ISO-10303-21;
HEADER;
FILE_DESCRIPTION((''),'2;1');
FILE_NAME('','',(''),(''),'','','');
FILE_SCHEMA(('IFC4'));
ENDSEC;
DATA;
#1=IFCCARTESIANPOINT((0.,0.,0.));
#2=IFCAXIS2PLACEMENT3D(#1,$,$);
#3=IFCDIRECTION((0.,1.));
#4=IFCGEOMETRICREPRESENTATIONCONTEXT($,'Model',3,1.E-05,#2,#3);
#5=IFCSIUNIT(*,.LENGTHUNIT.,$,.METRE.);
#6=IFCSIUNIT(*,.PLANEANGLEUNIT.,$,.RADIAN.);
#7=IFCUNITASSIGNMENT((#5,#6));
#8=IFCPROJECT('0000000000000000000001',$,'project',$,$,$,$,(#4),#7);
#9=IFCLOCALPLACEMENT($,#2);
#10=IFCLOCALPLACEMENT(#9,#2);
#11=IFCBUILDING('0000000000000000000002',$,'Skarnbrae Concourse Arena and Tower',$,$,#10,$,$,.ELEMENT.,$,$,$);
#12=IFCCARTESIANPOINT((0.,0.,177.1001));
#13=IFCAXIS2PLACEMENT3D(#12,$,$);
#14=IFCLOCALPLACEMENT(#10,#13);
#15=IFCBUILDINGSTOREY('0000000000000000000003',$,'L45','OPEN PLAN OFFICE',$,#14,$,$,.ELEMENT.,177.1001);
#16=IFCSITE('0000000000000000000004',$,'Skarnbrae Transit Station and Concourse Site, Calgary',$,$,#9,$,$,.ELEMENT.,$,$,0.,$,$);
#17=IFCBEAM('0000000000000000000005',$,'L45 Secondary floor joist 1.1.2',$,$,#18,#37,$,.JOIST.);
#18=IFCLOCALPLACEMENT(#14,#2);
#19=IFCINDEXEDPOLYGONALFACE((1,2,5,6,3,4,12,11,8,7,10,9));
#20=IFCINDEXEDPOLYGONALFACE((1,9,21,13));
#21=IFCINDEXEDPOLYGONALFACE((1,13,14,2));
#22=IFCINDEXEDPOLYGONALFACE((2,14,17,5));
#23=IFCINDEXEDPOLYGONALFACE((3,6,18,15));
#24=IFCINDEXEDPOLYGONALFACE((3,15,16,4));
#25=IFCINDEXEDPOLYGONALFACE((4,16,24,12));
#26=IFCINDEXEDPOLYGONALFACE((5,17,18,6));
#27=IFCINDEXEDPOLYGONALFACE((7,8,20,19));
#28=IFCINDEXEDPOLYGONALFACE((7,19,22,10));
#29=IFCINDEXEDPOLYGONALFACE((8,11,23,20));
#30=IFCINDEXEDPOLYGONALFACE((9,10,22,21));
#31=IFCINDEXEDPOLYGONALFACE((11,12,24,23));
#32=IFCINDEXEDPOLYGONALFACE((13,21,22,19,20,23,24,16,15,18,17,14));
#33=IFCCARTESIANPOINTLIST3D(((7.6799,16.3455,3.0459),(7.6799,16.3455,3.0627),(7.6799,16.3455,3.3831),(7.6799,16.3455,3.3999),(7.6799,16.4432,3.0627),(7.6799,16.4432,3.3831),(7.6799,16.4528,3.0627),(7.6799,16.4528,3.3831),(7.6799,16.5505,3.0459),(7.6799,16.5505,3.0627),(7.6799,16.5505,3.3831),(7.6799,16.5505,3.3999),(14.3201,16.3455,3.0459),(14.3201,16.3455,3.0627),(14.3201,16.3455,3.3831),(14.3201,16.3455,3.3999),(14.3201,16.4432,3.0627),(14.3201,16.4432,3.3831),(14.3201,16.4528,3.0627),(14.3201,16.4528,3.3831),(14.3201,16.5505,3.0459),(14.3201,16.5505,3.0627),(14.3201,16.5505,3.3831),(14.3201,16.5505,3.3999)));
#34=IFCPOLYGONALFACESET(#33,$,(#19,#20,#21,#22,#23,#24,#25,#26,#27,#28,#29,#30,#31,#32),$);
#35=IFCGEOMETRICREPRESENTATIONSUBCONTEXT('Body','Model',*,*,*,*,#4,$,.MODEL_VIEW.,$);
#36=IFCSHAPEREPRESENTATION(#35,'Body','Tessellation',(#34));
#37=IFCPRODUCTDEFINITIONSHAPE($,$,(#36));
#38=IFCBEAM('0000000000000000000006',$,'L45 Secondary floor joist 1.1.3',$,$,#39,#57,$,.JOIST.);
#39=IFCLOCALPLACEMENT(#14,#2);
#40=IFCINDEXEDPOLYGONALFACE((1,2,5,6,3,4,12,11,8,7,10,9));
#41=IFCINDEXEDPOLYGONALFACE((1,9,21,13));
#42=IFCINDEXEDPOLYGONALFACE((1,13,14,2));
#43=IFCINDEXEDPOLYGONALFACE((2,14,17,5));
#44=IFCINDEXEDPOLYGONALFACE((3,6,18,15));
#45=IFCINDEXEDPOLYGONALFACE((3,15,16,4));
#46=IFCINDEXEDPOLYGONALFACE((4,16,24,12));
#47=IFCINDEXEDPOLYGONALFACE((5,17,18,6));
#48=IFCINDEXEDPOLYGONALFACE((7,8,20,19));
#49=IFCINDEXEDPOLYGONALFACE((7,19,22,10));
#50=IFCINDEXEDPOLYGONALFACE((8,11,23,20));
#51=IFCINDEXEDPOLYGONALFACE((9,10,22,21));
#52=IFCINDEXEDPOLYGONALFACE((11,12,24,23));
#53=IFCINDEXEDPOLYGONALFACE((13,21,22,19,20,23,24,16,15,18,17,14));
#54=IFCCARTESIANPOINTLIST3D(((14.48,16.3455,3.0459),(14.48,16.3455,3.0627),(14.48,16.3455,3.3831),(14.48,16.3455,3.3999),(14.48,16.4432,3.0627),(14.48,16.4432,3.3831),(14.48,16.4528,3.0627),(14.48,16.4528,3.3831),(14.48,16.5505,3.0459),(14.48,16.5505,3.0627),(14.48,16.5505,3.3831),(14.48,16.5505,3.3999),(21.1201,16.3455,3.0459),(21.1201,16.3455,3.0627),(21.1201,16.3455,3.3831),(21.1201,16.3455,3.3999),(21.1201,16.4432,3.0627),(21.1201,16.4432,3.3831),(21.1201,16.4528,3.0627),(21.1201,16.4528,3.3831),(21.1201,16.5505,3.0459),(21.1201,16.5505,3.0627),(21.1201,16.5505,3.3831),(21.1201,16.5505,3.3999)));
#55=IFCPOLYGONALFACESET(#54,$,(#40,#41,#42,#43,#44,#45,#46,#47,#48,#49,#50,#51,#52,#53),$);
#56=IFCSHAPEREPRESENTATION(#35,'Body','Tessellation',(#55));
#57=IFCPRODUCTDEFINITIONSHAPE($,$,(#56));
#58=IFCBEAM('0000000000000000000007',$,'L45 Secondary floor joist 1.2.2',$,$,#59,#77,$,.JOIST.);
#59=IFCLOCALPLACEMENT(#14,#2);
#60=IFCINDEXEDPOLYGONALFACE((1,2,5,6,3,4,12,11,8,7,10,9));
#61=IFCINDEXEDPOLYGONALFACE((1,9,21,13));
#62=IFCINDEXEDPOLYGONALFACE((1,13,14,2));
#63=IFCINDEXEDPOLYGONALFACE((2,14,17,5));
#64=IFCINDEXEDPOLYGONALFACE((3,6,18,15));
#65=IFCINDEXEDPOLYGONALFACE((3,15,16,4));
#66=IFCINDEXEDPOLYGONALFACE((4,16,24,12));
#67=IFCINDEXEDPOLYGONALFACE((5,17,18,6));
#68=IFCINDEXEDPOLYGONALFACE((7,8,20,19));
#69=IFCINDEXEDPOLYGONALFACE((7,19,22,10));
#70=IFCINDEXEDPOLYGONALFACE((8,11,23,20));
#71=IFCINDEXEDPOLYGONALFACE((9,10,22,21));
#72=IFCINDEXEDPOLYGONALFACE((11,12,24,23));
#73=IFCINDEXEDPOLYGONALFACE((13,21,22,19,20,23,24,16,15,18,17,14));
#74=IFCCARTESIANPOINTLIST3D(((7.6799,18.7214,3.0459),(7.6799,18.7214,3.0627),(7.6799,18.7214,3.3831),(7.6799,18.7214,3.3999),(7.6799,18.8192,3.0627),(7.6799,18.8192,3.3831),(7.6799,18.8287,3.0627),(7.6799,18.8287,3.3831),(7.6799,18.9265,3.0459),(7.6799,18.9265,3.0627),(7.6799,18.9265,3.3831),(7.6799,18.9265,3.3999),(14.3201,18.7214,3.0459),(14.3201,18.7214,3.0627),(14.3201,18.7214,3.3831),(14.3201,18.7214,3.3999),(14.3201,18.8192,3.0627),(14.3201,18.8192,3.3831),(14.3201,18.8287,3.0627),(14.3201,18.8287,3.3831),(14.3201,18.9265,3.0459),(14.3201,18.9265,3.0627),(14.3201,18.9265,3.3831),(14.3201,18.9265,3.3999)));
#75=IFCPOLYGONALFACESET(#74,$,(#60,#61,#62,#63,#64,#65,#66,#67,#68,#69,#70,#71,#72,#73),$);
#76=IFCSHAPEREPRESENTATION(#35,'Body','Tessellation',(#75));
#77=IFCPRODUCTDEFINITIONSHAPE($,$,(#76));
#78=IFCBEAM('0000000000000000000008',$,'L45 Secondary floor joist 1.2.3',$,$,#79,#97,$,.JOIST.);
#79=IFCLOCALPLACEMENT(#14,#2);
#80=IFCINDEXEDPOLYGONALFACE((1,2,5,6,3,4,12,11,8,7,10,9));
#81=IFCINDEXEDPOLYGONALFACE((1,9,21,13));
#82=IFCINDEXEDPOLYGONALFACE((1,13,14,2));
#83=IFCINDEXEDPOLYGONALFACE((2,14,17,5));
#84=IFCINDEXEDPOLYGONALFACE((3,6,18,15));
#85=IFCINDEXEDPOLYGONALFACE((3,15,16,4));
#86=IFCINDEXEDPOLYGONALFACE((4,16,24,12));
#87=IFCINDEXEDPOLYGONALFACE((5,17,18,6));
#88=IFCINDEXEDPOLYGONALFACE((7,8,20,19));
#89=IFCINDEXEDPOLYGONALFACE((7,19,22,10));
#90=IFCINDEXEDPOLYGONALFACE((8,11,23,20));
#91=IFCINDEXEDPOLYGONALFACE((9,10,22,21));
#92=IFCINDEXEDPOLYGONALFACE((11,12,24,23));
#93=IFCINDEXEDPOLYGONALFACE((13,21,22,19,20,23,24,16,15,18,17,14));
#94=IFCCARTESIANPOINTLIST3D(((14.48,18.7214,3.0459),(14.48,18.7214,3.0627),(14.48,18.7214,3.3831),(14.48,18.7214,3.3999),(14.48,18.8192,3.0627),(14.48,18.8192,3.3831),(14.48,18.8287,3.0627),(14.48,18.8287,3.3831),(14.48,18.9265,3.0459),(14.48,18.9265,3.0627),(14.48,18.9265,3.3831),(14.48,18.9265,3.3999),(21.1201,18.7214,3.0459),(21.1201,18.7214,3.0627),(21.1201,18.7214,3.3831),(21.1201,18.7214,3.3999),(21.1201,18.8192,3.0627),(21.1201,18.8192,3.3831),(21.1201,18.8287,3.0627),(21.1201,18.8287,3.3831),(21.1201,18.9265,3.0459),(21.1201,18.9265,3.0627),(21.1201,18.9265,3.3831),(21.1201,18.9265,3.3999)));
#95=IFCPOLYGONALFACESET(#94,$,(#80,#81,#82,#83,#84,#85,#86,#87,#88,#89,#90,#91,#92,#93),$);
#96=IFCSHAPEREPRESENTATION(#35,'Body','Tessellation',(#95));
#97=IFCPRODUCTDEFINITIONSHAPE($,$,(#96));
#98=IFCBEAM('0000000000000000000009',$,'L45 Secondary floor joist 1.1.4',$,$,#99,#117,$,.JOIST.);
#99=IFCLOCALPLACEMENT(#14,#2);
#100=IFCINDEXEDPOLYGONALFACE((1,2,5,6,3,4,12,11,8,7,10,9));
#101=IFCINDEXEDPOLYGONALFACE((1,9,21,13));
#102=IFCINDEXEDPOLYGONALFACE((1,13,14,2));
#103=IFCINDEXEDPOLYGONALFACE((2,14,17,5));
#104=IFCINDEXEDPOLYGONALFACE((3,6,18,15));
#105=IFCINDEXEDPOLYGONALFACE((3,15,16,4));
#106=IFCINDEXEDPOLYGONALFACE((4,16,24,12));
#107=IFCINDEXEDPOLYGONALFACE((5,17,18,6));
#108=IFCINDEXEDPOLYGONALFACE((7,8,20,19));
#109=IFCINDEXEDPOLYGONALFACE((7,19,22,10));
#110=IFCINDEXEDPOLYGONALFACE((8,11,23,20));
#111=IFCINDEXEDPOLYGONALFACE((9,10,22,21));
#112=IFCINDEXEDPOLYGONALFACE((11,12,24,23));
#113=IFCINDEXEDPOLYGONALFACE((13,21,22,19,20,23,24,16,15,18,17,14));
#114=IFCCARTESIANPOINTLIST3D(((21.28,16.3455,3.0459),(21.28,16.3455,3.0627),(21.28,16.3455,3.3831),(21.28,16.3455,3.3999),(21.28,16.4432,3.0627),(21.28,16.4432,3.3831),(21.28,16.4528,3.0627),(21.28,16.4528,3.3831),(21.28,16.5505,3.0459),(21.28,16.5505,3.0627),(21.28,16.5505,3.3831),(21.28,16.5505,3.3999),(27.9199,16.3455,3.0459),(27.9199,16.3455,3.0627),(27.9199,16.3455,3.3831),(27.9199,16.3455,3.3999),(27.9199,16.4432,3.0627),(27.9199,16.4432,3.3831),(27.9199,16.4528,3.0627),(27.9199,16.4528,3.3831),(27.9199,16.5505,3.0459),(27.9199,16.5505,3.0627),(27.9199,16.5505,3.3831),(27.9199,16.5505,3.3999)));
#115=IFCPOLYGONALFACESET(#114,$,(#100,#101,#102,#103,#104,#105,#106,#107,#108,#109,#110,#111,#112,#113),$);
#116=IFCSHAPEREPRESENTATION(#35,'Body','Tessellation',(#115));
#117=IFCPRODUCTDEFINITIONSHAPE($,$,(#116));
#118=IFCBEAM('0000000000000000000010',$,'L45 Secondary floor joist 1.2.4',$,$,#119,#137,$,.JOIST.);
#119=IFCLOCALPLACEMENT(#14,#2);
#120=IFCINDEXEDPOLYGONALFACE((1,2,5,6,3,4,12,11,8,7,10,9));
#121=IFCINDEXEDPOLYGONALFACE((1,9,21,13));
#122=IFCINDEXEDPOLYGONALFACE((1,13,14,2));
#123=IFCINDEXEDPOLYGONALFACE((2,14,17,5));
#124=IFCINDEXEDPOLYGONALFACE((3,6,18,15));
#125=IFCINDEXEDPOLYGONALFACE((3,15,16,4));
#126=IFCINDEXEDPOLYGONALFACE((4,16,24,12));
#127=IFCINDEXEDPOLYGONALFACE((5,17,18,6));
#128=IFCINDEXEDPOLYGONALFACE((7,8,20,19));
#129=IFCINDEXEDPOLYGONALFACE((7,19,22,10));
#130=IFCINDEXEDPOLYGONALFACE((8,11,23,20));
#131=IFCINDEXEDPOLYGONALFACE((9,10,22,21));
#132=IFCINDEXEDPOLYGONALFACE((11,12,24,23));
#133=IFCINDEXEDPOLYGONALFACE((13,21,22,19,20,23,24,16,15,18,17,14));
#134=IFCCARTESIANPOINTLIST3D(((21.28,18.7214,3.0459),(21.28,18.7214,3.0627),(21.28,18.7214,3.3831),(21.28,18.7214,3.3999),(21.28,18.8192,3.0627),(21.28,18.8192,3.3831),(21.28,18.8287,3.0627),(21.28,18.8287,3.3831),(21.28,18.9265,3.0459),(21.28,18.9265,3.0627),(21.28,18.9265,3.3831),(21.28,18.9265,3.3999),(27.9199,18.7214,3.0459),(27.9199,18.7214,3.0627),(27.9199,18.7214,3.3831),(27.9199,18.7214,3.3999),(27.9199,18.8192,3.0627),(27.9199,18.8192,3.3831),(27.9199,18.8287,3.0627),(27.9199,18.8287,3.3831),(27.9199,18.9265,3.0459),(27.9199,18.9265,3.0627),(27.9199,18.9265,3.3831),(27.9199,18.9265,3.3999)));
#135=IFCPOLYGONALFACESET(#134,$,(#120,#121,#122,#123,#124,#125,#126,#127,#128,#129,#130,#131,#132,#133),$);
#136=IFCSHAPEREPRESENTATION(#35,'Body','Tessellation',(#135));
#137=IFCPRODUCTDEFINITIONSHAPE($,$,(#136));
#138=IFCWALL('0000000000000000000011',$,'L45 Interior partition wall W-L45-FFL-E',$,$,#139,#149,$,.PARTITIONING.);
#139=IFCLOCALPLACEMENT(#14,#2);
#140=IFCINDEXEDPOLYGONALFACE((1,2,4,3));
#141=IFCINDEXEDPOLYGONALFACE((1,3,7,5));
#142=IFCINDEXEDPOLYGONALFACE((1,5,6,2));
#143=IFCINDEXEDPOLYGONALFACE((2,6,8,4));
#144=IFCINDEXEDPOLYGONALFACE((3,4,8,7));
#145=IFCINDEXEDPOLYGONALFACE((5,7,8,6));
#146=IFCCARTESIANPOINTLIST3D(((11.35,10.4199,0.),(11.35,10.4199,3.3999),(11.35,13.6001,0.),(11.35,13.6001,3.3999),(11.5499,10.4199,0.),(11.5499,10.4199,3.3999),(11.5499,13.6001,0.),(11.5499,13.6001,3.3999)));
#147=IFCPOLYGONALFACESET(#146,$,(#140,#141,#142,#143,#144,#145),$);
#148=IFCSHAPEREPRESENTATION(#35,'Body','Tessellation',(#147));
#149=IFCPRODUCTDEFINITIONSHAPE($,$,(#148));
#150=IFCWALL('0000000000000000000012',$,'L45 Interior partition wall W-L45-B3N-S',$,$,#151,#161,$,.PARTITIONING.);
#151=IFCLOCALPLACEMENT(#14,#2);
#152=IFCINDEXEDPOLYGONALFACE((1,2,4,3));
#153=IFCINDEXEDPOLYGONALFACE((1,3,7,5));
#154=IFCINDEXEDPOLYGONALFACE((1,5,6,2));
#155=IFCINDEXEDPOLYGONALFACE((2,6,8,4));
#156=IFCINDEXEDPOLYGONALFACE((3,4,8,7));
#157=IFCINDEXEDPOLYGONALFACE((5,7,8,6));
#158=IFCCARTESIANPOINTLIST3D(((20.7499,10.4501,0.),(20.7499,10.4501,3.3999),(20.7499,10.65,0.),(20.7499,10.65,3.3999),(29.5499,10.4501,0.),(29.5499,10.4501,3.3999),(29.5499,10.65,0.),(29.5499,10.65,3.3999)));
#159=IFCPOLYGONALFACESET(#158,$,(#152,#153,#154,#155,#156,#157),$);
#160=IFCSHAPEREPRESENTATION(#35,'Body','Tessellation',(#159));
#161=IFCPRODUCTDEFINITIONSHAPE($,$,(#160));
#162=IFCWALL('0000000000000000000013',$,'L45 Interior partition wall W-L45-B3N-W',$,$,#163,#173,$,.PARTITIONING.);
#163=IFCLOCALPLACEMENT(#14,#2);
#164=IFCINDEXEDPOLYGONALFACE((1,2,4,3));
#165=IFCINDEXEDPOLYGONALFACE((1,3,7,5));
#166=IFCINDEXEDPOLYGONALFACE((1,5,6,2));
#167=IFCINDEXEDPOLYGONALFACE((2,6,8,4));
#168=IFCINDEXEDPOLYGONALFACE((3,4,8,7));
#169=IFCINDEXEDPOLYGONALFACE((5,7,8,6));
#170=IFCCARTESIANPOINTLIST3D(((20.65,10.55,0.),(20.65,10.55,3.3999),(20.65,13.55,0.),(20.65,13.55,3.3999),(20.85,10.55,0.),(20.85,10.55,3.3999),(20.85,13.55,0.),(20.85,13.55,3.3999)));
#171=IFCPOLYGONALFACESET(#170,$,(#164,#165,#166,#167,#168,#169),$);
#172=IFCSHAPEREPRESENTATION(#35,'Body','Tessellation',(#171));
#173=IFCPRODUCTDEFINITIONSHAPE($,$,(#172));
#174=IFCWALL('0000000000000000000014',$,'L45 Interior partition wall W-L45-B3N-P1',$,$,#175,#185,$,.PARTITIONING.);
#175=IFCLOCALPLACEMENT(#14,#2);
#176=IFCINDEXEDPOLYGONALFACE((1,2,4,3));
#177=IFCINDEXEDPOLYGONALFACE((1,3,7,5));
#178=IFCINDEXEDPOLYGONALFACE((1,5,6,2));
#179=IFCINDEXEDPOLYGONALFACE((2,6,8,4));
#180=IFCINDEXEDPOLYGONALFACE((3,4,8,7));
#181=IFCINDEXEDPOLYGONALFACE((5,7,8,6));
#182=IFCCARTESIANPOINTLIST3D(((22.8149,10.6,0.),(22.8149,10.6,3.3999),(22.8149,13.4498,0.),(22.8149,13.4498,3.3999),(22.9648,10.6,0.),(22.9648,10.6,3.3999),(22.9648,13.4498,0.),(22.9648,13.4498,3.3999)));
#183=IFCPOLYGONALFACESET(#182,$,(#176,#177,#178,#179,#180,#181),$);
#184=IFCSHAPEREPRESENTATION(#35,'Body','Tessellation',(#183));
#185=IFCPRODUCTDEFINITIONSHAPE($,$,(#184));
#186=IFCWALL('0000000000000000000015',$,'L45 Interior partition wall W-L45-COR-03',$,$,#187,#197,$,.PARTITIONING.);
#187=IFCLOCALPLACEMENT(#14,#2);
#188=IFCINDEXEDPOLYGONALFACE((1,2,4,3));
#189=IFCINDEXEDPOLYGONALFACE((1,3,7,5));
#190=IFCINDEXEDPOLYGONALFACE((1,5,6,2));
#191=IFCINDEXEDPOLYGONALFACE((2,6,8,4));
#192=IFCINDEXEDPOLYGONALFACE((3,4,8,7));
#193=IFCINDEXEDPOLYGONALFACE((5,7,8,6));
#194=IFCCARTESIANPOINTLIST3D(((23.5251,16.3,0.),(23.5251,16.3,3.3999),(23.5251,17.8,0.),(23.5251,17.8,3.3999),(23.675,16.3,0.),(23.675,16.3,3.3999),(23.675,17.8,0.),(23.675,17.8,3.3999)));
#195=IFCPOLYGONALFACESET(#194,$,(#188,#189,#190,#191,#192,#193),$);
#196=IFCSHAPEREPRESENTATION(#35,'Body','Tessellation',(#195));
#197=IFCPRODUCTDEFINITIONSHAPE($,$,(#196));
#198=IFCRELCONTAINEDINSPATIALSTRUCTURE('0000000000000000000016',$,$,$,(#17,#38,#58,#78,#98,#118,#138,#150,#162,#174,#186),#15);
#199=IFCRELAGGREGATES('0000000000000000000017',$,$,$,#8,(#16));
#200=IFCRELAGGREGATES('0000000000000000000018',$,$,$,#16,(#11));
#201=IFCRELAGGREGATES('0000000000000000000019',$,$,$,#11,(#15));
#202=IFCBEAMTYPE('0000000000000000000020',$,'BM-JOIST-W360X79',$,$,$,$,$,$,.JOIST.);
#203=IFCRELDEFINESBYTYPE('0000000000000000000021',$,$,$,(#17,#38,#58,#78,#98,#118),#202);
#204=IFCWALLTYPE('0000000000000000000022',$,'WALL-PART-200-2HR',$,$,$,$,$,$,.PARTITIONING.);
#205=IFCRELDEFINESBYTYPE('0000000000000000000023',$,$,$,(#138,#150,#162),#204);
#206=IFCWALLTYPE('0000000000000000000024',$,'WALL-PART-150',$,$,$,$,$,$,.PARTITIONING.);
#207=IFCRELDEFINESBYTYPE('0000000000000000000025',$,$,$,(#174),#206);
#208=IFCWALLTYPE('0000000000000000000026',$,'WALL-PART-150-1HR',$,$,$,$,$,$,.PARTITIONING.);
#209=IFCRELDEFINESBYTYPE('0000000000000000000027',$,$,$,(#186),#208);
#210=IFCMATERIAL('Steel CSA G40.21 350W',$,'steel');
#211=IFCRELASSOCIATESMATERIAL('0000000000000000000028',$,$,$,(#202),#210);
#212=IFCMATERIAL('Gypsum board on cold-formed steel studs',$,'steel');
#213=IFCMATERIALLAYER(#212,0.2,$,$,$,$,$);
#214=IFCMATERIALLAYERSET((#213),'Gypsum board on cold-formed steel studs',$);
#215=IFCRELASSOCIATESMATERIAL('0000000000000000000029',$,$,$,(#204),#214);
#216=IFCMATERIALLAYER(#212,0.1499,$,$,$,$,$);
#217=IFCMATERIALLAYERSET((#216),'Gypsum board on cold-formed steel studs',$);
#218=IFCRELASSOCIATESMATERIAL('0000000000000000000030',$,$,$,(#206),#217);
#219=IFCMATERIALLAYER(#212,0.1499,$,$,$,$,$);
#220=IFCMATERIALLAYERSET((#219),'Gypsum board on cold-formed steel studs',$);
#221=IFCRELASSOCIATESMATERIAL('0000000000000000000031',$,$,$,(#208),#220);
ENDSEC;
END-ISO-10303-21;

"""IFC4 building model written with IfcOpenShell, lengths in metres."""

from ifc_helpers import new_model, si_unit, direction, frame, frame_2d, origin, origin_2d, place, context, subcontext, project, spatial, rectangle, i_section, extrude, source, transform, mapped, material, layer, layer_set, material_profile, profile_set, type_object, element, save


model = new_model("IFC4")

# Units and contexts
model_context = context("Model", 3, precision=1e-05, world=origin(), true_north=direction((0.0, 1.0)))
body_context = subcontext(model_context, "Body", "Model", "MODEL_VIEW")
ifc_project = project(units=[si_unit("LENGTHUNIT", "METRE"), si_unit("PLANEANGLEUNIT", "RADIAN")], contexts=[model_context])

# Site, building, storey
site_placement = place(None, origin())
site = spatial("IfcSite", under=ifc_project, at=site_placement, Name="Skarnbrae Transit Station and Concourse Site, Calgary", CompositionType="ELEMENT", RefElevation=0.0)
building_placement = place(site_placement, origin())
building = spatial("IfcBuilding", under=site, at=building_placement, Name="Skarnbrae Concourse Arena and Tower", CompositionType="ELEMENT")
storey_placement = place(building_placement, frame((0.0, 0.0, 177.1001)))
storey = spatial("IfcBuildingStorey", under=building, at=storey_placement, Name="L45", Description="OPEN PLAN OFFICE", CompositionType="ELEMENT", Elevation=177.1001)

# Shared definitions
ifc_material_1 = material(Name="Steel CSA G40.21 350W", Category="steel")

# Beams
ifc_material_profile_1 = material_profile(ifc_material_1, i_section(OverallWidth=0.2051, OverallDepth=0.354, WebThickness=0.0095, FlangeThickness=0.0168, at=origin_2d()), Name="W360X79")
ifc_profile_set_1 = profile_set([ifc_material_profile_1], Name="Steel CSA G40.21 350W")
beam_type_1 = type_object("IfcBeamType", Name="BM-JOIST-W360X79", PredefinedType="JOIST", material=ifc_profile_set_1)
shared_shape_1 = source(origin(), body_context, "Body", "SweptSolid", [
    extrude(i_section(OverallWidth=0.2051, OverallDepth=0.354, WebThickness=0.0095, FlangeThickness=0.0168, at=origin_2d()), origin(), (0.0, 0.0, 1.0), 6.6401),
])
for number, where, z_axis, x_axis, name in (
    (1, (7.6799, 16.448, 3.2229), (1.0, 0.0, 0.0), (0.0, 1.0, 0.0), "L45 Secondary floor joist 1.1.2"),
    (2, (14.48, 16.448, 3.2229), (1.0, 0.0, 0.0), (0.0, 1.0, 0.0), "L45 Secondary floor joist 1.1.3"),
    (3, (7.6799, 18.824, 3.2229), (1.0, 0.0, 0.0), (0.0, 1.0, 0.0), "L45 Secondary floor joist 1.2.2"),
    (4, (14.48, 18.824, 3.2229), (1.0, 0.0, 0.0), (0.0, 1.0, 0.0), "L45 Secondary floor joist 1.2.3"),
):
    element("IfcBeam", number, at=place(storey_placement, frame(where, z_axis=z_axis, x_axis=x_axis)), inside=storey, type_object=beam_type_1, Name=name, PredefinedType="JOIST", context=body_context, shape_type="MappedRepresentation", body=[
        mapped(shared_shape_1, transform((0.0, 0.0, 0.0))),
    ])
shared_shape_2 = source(origin(), body_context, "Body", "SweptSolid", [
    extrude(i_section(OverallWidth=0.2051, OverallDepth=0.354, WebThickness=0.0095, FlangeThickness=0.0168, at=origin_2d()), origin(), (0.0, 0.0, 1.0), 6.6399),
])
for number, where, z_axis, x_axis, name in (
    (5, (21.28, 16.448, 3.2229), (1.0, 0.0, 0.0), (0.0, 1.0, 0.0), "L45 Secondary floor joist 1.1.4"),
    (6, (21.28, 18.824, 3.2229), (1.0, 0.0, 0.0), (0.0, 1.0, 0.0), "L45 Secondary floor joist 1.2.4"),
):
    element("IfcBeam", number, at=place(storey_placement, frame(where, z_axis=z_axis, x_axis=x_axis)), inside=storey, type_object=beam_type_1, Name=name, PredefinedType="JOIST", context=body_context, shape_type="MappedRepresentation", body=[
        mapped(shared_shape_2, transform((0.0, 0.0, 0.0))),
    ])

# Wall
ifc_material_2 = material(Name="Gypsum board on cold-formed steel studs", Category="steel")
ifc_layer_1 = layer(ifc_material_2, 0.2)
ifc_layer_set_1 = layer_set([ifc_layer_1], Name="Gypsum board on cold-formed steel studs")
wall_type_1 = type_object("IfcWallType", Name="WALL-PART-200-2HR", PredefinedType="PARTITIONING", material=ifc_layer_set_1)
shared_shape_3 = source(origin(), body_context, "Body", "SweptSolid", [
    extrude(rectangle(XDim=3.1802, YDim=0.2, at=frame_2d((1.5901, 0.0))), origin(), (0.0, 0.0, 1.0), 3.3999),
])
wall_1_placement = place(storey_placement, frame((11.45, 10.4199, 0.0), z_axis=(0.0, 0.0, 1.0), x_axis=(0.0, 1.0, 0.0)))
element("IfcWall", 7, at=wall_1_placement, inside=storey, type_object=wall_type_1, Name="L45 Interior partition wall W-L45-FFL-E", PredefinedType="PARTITIONING", context=body_context, shape_type="MappedRepresentation", body=[
    mapped(shared_shape_3, transform((0.0, 0.0, 0.0))),
])

# Walls
shared_shape_4 = source(origin(), body_context, "Body", "SweptSolid", [
    extrude(rectangle(XDim=8.8, YDim=0.2, at=frame_2d((4.3999, 0.0))), origin(), (0.0, 0.0, 1.0), 3.3999),
])
wall_2_placement = place(storey_placement, frame((20.75, 10.55, 0.0), z_axis=(0.0, 0.0, 1.0), x_axis=(1.0, 0.0, 0.0)))
element("IfcWall", 8, at=wall_2_placement, inside=storey, type_object=wall_type_1, Name="L45 Interior partition wall W-L45-B3N-S", PredefinedType="PARTITIONING", context=body_context, shape_type="MappedRepresentation", body=[
    mapped(shared_shape_4, transform((0.0, 0.0, 0.0))),
])
shared_shape_5 = source(origin(), body_context, "Body", "SweptSolid", [
    extrude(rectangle(XDim=3.0, YDim=0.2, at=frame_2d((1.5, 0.0))), origin(), (0.0, 0.0, 1.0), 3.3999),
])
wall_3_placement = place(storey_placement, frame((20.75, 10.55, 0.0), z_axis=(0.0, 0.0, 1.0), x_axis=(0.0, 1.0, 0.0)))
element("IfcWall", 9, at=wall_3_placement, inside=storey, type_object=wall_type_1, Name="L45 Interior partition wall W-L45-B3N-W", PredefinedType="PARTITIONING", context=body_context, shape_type="MappedRepresentation", body=[
    mapped(shared_shape_5, transform((0.0, 0.0, 0.0))),
])
ifc_layer_2 = layer(ifc_material_2, 0.1499)
ifc_layer_set_2 = layer_set([ifc_layer_2], Name="Gypsum board on cold-formed steel studs")
wall_type_2 = type_object("IfcWallType", Name="WALL-PART-150", PredefinedType="PARTITIONING", material=ifc_layer_set_2)
shared_shape_6 = source(origin(), body_context, "Body", "SweptSolid", [
    extrude(rectangle(XDim=2.8499, YDim=0.1499, at=frame_2d((1.4248, 0.0))), origin(), (0.0, 0.0, 1.0), 3.3999),
])
wall_4_placement = place(storey_placement, frame((22.8899, 10.6001, 0.0), z_axis=(0.0, 0.0, 1.0), x_axis=(0.0, 1.0, 0.0)))
element("IfcWall", 10, at=wall_4_placement, inside=storey, type_object=wall_type_2, Name="L45 Interior partition wall W-L45-B3N-P1", PredefinedType="PARTITIONING", context=body_context, shape_type="MappedRepresentation", body=[
    mapped(shared_shape_6, transform((0.0, 0.0, 0.0))),
])
ifc_layer_3 = layer(ifc_material_2, 0.1499)
ifc_layer_set_3 = layer_set([ifc_layer_3], Name="Gypsum board on cold-formed steel studs")
wall_type_3 = type_object("IfcWallType", Name="WALL-PART-150-1HR", PredefinedType="PARTITIONING", material=ifc_layer_set_3)
shared_shape_7 = source(origin(), body_context, "Body", "SweptSolid", [
    extrude(rectangle(XDim=1.5, YDim=0.1499, at=frame_2d((0.75, 0.0))), origin(), (0.0, 0.0, 1.0), 3.3999),
])
wall_5_placement = place(storey_placement, frame((23.6001, 16.3, 0.0), z_axis=(0.0, 0.0, 1.0), x_axis=(0.0, 1.0, 0.0)))
element("IfcWall", 11, at=wall_5_placement, inside=storey, type_object=wall_type_3, Name="L45 Interior partition wall W-L45-COR-03", PredefinedType="PARTITIONING", context=body_context, shape_type="MappedRepresentation", body=[
    mapped(shared_shape_7, transform((0.0, 0.0, 0.0))),
])

save(model, "model.ifc")
